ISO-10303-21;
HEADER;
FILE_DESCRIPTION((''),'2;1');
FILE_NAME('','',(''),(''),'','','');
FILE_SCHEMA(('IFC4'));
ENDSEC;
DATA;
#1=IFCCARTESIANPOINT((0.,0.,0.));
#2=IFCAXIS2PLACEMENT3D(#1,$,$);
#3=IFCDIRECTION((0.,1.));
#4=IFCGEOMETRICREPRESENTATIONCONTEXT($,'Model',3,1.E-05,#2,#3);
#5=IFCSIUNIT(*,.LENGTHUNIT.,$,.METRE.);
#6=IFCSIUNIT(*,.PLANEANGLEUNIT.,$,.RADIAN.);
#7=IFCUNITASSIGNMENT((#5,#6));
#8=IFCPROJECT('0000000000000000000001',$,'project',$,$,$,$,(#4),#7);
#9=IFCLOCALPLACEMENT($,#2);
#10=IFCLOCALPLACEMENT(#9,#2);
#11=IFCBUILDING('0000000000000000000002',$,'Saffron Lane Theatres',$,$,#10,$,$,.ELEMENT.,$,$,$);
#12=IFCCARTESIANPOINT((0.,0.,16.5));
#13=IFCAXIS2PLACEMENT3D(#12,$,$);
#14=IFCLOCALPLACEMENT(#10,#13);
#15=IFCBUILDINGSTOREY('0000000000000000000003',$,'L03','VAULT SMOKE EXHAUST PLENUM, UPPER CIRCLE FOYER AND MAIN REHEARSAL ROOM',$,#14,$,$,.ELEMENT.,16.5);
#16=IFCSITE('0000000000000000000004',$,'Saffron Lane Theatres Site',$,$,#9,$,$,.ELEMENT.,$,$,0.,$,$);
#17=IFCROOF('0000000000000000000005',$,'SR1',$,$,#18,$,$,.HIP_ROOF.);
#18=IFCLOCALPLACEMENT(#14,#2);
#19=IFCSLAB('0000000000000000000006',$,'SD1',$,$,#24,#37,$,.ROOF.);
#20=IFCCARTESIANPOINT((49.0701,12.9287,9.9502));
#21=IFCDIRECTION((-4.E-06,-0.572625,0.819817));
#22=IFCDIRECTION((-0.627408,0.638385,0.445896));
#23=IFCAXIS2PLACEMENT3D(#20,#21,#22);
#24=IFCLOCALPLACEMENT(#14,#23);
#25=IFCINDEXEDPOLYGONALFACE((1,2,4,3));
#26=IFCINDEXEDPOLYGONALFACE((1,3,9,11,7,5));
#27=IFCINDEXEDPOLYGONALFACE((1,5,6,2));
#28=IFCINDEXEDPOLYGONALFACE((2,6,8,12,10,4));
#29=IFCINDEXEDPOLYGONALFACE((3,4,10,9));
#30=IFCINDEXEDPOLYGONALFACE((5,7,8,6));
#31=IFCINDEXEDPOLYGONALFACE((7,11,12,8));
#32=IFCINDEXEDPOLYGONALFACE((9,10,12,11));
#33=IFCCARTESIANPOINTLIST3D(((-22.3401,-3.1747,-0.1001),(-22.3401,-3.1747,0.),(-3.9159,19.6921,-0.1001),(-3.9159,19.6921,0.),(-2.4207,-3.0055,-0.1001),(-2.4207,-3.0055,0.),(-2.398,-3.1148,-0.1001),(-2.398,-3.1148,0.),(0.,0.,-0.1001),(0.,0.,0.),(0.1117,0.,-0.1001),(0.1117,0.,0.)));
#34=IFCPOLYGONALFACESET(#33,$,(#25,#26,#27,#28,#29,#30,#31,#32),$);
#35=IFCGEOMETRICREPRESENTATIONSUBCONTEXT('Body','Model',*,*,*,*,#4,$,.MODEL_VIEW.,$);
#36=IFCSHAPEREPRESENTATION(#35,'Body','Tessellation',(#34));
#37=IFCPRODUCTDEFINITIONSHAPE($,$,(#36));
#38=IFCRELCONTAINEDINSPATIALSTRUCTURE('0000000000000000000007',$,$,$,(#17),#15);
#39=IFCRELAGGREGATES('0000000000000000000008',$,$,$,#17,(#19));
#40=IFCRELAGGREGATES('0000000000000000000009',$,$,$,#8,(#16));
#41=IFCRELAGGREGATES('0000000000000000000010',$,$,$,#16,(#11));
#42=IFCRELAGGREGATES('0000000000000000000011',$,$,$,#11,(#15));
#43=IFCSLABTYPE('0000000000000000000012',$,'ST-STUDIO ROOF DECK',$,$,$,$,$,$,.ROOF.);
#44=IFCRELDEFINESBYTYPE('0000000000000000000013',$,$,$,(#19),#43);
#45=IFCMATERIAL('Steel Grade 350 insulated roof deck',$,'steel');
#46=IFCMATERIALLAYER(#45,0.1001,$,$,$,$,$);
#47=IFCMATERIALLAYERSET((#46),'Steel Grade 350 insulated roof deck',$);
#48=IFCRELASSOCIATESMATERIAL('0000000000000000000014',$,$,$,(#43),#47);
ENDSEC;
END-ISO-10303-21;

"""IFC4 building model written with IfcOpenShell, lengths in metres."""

from ifc_helpers import new_model, si_unit, direction, frame, origin, place, context, subcontext, project, spatial, polyline, outline, extrude, material, layer, layer_set, type_object, element, aggregate, save


model = new_model("IFC4")

# Units and contexts
model_context = context("Model", 3, precision=1e-05, world=origin(), true_north=direction((0.0, 1.0)))
body_context = subcontext(model_context, "Body", "Model", "MODEL_VIEW")
ifc_project = project(units=[si_unit("LENGTHUNIT", "METRE"), si_unit("PLANEANGLEUNIT", "RADIAN")], contexts=[model_context])

# Site, building, storey
site_placement = place(None, origin())
site = spatial("IfcSite", under=ifc_project, at=site_placement, Name="Saffron Lane Theatres Site", CompositionType="ELEMENT", RefElevation=0.0)
building_placement = place(site_placement, origin())
building = spatial("IfcBuilding", under=site, at=building_placement, Name="Saffron Lane Theatres", CompositionType="ELEMENT")
storey_placement = place(building_placement, frame((0.0, 0.0, 16.5)))
storey = spatial("IfcBuildingStorey", under=building, at=storey_placement, Name="L03", Description="VAULT SMOKE EXHAUST PLENUM, UPPER CIRCLE FOYER AND MAIN REHEARSAL ROOM", CompositionType="ELEMENT", Elevation=16.5)

# Roof, slab
roof_placement = place(storey_placement, origin())
roof = element("IfcRoof", 1, at=roof_placement, inside=storey, Name="SR1", PredefinedType="HIP_ROOF")
ifc_material_1 = material(Name="Steel Grade 350 insulated roof deck", Category="steel")
ifc_layer_1 = layer(ifc_material_1, 0.1001)
ifc_layer_set_1 = layer_set([ifc_layer_1], Name="Steel Grade 350 insulated roof deck")
slab_type = type_object("IfcSlabType", Name="ST-STUDIO ROOF DECK", PredefinedType="ROOF", material=ifc_layer_set_1)
slab_1_placement = place(storey_placement, frame((49.0701, 12.9287, 9.9502), z_axis=(-0.000004, -0.572625, 0.819817), x_axis=(-0.627408, 0.638385, 0.445896)))
slab_1 = element("IfcSlab", 2, at=slab_1_placement, type_object=slab_type, Name="SD1", PredefinedType="ROOF", context=body_context, shape_type="SweptSolid", body=[
    extrude(outline(polyline([(0.0, 0.0), (0.1117, 0.0), (-2.398, -3.1148), (-2.4207, -3.0055), (-22.3401, -3.1747), (-3.9159, 19.6921), (0.0, 0.0)])), origin(), (0.0, 0.0, -1.0), 0.1001),
])
aggregate(roof, [slab_1])

save(model, "model.ifc")
